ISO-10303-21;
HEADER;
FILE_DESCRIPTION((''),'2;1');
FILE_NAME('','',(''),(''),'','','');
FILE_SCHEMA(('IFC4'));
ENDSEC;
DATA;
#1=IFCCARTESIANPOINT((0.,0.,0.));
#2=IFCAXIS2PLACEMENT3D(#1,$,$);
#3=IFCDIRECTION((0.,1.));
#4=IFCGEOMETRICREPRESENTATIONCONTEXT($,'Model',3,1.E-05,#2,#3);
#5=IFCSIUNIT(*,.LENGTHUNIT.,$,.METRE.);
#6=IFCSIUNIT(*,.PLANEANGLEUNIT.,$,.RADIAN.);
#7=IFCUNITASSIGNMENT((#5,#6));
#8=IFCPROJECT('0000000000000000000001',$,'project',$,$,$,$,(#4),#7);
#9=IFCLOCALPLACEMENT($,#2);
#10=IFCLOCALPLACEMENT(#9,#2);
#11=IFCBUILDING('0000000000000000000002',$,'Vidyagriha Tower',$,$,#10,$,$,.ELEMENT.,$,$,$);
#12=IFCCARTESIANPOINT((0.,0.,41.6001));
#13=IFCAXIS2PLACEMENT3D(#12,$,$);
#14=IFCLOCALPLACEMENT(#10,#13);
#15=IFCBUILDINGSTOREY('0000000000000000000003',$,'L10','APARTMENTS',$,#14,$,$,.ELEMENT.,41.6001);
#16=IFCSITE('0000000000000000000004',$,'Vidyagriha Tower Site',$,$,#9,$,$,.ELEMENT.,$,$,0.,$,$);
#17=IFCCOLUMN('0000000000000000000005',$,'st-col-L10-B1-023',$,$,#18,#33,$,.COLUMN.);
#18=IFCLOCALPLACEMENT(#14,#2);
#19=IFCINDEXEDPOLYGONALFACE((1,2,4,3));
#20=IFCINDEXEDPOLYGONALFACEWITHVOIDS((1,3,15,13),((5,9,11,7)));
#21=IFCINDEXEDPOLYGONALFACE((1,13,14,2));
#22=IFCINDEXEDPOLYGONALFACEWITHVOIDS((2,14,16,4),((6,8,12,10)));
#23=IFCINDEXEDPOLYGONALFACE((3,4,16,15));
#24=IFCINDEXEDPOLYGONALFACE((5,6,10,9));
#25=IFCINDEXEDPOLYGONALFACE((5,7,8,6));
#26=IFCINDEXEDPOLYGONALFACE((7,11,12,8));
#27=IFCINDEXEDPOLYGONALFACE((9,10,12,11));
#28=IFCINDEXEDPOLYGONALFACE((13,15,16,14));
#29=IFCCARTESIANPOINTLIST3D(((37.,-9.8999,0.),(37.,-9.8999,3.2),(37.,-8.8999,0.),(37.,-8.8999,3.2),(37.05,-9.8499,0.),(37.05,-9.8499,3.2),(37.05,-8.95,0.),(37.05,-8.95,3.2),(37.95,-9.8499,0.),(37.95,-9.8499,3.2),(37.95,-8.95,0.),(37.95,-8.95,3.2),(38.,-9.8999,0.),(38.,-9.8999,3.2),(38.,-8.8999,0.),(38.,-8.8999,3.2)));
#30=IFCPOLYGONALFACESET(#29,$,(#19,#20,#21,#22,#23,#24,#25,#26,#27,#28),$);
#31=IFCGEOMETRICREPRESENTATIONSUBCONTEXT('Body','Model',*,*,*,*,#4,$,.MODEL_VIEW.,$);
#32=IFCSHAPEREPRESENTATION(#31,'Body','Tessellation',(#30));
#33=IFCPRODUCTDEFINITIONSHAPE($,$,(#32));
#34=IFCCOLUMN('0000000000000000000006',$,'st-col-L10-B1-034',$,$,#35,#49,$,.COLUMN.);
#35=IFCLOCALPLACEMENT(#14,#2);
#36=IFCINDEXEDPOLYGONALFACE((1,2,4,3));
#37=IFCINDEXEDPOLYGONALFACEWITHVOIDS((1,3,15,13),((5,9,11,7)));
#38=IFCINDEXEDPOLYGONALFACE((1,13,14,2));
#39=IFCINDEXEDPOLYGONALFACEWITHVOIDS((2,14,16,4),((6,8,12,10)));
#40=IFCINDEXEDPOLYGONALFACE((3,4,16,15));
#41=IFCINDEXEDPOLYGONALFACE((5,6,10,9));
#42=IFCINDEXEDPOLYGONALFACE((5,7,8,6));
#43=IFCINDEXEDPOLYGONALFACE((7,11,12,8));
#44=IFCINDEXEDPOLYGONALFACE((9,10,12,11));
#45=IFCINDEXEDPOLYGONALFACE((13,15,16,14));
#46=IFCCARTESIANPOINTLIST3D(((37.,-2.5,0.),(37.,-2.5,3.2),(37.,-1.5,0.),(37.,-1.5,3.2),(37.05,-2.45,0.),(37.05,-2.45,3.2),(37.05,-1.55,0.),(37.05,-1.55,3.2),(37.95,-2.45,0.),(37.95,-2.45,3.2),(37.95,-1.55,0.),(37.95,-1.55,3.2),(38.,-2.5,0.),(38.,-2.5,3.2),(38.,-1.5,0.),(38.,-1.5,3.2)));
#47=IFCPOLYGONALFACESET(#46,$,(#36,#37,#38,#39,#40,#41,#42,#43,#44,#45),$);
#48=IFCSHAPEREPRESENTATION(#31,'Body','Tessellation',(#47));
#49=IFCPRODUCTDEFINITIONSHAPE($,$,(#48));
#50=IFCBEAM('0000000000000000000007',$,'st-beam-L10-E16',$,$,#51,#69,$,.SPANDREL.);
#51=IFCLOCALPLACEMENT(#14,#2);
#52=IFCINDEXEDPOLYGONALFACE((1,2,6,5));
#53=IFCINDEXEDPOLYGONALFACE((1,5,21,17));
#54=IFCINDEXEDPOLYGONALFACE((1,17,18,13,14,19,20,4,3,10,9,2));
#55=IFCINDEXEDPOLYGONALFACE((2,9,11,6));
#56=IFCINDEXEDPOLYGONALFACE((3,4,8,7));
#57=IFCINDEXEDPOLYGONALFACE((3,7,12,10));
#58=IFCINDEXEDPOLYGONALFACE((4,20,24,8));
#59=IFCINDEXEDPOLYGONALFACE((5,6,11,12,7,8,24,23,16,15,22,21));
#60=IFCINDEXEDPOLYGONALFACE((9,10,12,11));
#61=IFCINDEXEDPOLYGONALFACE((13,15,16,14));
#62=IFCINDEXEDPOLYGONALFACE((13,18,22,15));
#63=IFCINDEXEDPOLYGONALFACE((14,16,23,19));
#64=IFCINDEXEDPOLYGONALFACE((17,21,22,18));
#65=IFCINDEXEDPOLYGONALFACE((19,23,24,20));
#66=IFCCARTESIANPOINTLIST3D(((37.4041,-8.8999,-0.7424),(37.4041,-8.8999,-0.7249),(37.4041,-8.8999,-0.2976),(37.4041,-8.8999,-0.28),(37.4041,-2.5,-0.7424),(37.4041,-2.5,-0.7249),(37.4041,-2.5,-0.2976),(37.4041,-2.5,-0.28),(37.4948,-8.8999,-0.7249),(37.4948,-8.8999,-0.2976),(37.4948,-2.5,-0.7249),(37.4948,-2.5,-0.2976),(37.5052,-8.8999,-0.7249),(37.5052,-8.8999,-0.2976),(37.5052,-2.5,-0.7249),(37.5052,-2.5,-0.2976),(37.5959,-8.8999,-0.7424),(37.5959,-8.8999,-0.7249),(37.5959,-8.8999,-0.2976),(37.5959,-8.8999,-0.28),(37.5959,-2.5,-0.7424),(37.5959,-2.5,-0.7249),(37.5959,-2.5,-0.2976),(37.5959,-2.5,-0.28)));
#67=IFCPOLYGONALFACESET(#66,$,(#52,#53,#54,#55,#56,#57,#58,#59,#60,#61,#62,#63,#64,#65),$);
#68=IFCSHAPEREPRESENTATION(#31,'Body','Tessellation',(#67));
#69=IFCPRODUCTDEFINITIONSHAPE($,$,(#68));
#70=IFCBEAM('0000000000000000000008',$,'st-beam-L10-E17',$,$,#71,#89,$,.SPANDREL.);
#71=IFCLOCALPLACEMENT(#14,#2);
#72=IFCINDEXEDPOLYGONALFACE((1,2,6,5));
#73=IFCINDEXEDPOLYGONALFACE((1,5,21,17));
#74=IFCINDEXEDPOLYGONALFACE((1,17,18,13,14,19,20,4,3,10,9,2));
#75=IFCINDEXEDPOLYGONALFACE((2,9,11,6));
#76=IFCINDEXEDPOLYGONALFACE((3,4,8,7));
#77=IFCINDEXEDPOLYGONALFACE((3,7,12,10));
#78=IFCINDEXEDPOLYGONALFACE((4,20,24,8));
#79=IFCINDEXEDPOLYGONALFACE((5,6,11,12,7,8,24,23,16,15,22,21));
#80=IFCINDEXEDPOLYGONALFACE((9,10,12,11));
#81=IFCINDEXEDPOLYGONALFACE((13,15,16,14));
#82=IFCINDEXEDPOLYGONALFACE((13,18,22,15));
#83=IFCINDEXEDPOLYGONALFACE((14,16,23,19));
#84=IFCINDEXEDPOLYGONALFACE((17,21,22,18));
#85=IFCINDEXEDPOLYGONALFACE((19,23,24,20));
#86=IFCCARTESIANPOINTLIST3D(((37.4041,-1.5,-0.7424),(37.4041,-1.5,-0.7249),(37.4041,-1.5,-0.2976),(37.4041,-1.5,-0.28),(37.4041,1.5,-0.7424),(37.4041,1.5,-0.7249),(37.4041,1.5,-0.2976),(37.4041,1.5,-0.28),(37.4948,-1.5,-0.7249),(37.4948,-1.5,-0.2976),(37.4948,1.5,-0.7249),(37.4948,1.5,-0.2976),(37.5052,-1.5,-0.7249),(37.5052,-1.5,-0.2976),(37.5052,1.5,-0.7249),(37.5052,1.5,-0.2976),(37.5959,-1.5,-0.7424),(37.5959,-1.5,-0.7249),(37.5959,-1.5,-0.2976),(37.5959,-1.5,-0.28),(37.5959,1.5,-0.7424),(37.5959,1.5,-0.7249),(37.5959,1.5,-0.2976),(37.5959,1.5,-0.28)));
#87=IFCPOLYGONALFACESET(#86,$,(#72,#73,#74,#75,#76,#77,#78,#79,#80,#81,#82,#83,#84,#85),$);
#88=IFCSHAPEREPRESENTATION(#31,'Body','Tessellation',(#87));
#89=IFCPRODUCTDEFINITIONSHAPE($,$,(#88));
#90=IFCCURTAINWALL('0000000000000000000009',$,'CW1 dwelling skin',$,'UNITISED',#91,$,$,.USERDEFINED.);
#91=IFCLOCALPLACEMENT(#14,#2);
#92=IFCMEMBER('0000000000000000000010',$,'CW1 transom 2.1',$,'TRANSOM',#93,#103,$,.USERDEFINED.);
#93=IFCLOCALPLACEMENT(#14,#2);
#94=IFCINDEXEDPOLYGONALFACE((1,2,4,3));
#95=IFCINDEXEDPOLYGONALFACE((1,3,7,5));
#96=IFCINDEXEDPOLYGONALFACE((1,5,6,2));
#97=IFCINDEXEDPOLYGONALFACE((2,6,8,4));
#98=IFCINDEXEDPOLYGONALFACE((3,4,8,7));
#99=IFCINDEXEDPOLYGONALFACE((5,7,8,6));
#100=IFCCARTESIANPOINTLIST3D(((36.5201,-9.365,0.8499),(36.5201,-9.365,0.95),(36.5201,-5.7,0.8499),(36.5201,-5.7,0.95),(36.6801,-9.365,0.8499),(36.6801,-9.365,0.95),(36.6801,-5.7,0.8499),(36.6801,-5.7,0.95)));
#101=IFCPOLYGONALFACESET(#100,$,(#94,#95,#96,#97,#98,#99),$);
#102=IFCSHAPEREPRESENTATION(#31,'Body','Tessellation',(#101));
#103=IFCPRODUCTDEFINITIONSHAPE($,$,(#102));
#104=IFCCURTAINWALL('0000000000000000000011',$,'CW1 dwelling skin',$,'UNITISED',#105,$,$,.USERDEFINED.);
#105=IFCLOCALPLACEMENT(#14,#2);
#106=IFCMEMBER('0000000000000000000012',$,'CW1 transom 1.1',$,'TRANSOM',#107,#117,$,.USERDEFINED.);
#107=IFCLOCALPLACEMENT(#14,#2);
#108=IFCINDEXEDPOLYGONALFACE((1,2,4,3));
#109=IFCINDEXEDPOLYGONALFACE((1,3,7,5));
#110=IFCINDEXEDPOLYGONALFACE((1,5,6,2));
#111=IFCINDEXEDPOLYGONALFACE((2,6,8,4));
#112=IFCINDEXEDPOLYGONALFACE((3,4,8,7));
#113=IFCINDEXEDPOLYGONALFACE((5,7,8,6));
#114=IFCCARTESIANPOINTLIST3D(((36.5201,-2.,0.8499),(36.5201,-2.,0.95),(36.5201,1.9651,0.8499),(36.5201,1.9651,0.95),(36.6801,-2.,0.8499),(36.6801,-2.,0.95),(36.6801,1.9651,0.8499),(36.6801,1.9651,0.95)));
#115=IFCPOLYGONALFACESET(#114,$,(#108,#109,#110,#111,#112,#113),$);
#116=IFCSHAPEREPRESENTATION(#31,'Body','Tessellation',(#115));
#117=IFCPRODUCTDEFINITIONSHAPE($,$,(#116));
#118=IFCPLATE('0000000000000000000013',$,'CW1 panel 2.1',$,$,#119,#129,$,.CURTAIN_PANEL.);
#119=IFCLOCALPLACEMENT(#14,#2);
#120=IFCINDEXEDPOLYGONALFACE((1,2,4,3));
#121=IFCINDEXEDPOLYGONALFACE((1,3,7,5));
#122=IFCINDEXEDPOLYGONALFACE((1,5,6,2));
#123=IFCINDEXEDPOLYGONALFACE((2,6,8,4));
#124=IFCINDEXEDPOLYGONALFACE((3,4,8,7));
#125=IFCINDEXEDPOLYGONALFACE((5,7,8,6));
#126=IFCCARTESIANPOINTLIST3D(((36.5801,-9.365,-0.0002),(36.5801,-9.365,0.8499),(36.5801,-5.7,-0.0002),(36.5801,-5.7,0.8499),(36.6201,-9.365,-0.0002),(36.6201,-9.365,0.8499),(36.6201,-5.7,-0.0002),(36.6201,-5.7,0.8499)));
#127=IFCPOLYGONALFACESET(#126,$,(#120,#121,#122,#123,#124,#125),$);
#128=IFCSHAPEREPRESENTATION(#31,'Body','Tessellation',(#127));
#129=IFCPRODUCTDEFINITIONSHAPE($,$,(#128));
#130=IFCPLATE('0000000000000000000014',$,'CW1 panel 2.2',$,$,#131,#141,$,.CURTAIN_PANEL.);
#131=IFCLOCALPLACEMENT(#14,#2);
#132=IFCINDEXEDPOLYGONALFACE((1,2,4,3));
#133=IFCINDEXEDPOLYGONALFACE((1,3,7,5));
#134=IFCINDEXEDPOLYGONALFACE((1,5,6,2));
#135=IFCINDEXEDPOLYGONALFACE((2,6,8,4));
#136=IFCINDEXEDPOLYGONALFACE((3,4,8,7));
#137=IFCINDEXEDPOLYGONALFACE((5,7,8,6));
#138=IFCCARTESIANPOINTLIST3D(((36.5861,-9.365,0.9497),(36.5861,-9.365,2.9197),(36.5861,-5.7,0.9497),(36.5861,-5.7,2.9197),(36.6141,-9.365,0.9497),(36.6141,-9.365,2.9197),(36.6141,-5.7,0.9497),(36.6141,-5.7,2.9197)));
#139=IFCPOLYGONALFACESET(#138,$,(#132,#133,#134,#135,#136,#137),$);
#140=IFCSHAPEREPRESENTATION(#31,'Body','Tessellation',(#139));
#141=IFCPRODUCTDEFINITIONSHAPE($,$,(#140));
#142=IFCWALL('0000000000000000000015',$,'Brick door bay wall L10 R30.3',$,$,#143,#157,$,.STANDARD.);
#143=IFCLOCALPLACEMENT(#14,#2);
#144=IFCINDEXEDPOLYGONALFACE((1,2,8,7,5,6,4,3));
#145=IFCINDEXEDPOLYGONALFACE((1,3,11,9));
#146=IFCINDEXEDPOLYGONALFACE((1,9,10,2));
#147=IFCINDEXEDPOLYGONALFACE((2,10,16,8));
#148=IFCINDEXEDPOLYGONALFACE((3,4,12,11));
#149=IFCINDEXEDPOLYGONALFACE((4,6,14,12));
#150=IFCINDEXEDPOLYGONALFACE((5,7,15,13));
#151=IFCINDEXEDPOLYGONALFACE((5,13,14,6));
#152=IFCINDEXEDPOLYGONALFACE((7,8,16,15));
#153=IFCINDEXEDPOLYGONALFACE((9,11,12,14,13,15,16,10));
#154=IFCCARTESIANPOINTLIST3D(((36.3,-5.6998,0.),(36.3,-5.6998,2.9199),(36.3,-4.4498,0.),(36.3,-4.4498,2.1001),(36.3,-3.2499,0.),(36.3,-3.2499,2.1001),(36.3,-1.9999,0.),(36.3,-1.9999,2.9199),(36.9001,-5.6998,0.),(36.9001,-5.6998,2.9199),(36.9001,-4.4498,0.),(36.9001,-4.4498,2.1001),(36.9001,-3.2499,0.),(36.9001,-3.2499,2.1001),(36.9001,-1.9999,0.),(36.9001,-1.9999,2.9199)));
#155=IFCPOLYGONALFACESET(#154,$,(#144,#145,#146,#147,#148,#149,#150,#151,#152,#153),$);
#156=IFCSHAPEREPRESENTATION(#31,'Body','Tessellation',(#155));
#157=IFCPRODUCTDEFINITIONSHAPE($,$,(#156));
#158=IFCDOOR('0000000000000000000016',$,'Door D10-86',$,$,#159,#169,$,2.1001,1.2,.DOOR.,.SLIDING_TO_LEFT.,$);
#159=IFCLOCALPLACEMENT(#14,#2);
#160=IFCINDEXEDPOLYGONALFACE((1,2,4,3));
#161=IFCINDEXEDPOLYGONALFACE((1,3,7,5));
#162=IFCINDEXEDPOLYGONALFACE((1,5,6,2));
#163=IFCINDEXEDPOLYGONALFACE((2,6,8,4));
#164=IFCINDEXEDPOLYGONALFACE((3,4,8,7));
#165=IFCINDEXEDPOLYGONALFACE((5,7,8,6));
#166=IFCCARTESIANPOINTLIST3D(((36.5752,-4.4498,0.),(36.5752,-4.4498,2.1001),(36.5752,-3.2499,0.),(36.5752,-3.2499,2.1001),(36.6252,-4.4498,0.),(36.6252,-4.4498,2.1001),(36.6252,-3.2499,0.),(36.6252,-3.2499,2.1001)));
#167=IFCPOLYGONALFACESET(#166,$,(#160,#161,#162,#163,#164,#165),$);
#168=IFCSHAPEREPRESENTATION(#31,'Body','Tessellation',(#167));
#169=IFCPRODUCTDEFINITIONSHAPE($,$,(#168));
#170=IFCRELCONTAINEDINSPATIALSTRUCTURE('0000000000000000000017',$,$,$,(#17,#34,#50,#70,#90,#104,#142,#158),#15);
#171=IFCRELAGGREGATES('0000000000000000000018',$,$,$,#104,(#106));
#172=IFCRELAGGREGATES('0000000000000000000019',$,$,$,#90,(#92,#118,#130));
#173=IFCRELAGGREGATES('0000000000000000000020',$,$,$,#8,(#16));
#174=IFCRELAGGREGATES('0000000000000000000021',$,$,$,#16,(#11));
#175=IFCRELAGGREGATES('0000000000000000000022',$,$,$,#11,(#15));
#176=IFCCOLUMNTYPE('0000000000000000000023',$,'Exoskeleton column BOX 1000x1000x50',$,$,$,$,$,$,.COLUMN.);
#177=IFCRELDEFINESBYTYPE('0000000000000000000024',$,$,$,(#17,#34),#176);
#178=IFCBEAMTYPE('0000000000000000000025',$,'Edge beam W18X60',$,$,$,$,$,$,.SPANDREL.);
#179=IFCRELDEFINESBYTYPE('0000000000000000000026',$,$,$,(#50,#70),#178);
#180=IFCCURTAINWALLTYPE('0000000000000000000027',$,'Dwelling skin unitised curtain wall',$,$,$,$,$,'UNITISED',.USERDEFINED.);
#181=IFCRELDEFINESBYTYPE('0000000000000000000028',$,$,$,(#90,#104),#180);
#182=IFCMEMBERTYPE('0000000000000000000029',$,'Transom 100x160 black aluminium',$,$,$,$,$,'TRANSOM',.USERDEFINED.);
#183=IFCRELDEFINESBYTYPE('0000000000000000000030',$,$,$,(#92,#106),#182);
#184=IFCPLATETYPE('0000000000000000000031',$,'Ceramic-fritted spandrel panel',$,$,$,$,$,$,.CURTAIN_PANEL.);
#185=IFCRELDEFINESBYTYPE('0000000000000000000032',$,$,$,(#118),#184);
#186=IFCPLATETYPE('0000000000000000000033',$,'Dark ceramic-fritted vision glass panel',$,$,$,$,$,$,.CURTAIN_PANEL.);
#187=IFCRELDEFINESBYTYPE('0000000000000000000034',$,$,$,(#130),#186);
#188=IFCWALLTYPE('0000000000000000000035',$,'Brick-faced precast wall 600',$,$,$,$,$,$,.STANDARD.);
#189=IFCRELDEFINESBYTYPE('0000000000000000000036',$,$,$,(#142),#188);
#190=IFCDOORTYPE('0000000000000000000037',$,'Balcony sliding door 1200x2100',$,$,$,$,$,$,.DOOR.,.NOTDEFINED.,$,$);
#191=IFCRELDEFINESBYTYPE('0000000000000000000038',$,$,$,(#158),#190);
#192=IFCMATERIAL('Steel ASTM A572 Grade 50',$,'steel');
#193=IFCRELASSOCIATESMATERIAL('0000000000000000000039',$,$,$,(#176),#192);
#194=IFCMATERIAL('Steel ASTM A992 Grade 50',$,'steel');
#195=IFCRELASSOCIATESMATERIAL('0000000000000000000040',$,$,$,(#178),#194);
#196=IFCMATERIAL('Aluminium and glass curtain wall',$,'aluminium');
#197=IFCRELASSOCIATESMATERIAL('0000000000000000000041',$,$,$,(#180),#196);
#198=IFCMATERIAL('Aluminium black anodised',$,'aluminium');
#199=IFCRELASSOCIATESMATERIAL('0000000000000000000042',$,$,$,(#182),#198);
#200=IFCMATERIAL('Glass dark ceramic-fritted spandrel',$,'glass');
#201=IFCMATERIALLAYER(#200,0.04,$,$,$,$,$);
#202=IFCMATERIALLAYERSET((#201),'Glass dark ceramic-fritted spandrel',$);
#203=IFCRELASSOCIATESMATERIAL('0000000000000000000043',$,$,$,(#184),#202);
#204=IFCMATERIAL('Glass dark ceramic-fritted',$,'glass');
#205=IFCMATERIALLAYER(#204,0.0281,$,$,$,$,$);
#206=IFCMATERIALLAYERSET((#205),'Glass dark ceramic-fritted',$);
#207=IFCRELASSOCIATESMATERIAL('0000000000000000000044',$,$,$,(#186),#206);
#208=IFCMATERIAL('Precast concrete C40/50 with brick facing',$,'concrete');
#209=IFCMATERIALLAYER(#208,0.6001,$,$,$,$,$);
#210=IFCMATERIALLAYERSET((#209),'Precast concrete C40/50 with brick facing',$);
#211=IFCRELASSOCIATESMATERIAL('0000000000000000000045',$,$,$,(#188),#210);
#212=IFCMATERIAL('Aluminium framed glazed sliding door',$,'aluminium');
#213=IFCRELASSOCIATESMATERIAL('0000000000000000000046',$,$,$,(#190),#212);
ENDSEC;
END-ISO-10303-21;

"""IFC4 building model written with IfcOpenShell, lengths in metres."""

from ifc_helpers import new_model, si_unit, direction, frame, frame_2d, origin, origin_2d, place, context, subcontext, project, spatial, rectangle, hollow_rectangle, i_section, extrude, material, layer, layer_set, material_profile, profile_set, type_object, element, fill, aggregate, save


model = new_model("IFC4")

# Units and contexts
model_context = context("Model", 3, precision=1e-05, world=origin(), true_north=direction((0.0, 1.0)))
body_context = subcontext(model_context, "Body", "Model", "MODEL_VIEW")
ifc_project = project(units=[si_unit("LENGTHUNIT", "METRE"), si_unit("PLANEANGLEUNIT", "RADIAN")], contexts=[model_context])

# Site, building, storey
site_placement = place(None, origin())
site = spatial("IfcSite", under=ifc_project, at=site_placement, Name="Vidyagriha Tower Site", CompositionType="ELEMENT", RefElevation=0.0)
building_placement = place(site_placement, origin())
building = spatial("IfcBuilding", under=site, at=building_placement, Name="Vidyagriha Tower", CompositionType="ELEMENT")
storey_placement = place(building_placement, frame((0.0, 0.0, 41.6001)))
storey = spatial("IfcBuildingStorey", under=building, at=storey_placement, Name="L10", Description="APARTMENTS", CompositionType="ELEMENT", Elevation=41.6001)

# Columns
ifc_material_1 = material(Name="Steel ASTM A572 Grade 50", Category="steel")
ifc_material_profile_1 = material_profile(ifc_material_1, hollow_rectangle(XDim=1.0, YDim=1.0, WallThickness=0.05, at=origin_2d()), Name="BOX 1000x1000x50")
ifc_profile_set_1 = profile_set([ifc_material_profile_1], Name="Steel ASTM A572 Grade 50")
column_type = type_object("IfcColumnType", Name="Exoskeleton column BOX 1000x1000x50", PredefinedType="COLUMN", material=ifc_profile_set_1)
for number, where, name in (
    (1, (37.5, -9.3999, 0.0), "st-col-L10-B1-023"),
    (2, (37.5, -2.0, 0.0), "st-col-L10-B1-034"),
):
    element("IfcColumn", number, at=place(storey_placement, frame(where)), inside=storey, type_object=column_type, Name=name, PredefinedType="COLUMN", context=body_context, shape_type="SweptSolid", body=[
        extrude(hollow_rectangle(XDim=1.0, YDim=1.0, WallThickness=0.05, at=origin_2d()), origin(), (0.0, 0.0, 1.0), 3.2),
    ])

# Beams
ifc_material_2 = material(Name="Steel ASTM A992 Grade 50", Category="steel")
ifc_material_profile_2 = material_profile(ifc_material_2, i_section(OverallWidth=0.1919, OverallDepth=0.4624, WebThickness=0.0105, FlangeThickness=0.0176, at=origin_2d()), Name="W18X60")
ifc_profile_set_2 = profile_set([ifc_material_profile_2], Name="Steel ASTM A992 Grade 50")
beam_type = type_object("IfcBeamType", Name="Edge beam W18X60", PredefinedType="SPANDREL", material=ifc_profile_set_2)
beam_1_placement = place(storey_placement, frame((37.5, -8.8999, -0.5112), z_axis=(0.0, 1.0, 0.0), x_axis=(-1.0, 0.0, 0.0)))
element("IfcBeam", 3, at=beam_1_placement, inside=storey, type_object=beam_type, Name="st-beam-L10-E16", PredefinedType="SPANDREL", context=body_context, shape_type="SweptSolid", body=[
    extrude(i_section(OverallWidth=0.1919, OverallDepth=0.4624, WebThickness=0.0105, FlangeThickness=0.0176, at=origin_2d()), origin(), (0.0, 0.0, 1.0), 6.3999),
])
beam_2_placement = place(storey_placement, frame((37.5, -1.5, -0.5112), z_axis=(0.0, 1.0, 0.0), x_axis=(-1.0, 0.0, 0.0)))
element("IfcBeam", 4, at=beam_2_placement, inside=storey, type_object=beam_type, Name="st-beam-L10-E17", PredefinedType="SPANDREL", context=body_context, shape_type="SweptSolid", body=[
    extrude(i_section(OverallWidth=0.1919, OverallDepth=0.4624, WebThickness=0.0105, FlangeThickness=0.0176, at=origin_2d()), origin(), (0.0, 0.0, 1.0), 3.0),
])

# Curtain walls, members
ifc_material_3 = material(Name="Aluminium and glass curtain wall", Category="aluminium")
curtain_wall_type = type_object("IfcCurtainWallType", Name="Dwelling skin unitised curtain wall", ElementType="UNITISED", PredefinedType="USERDEFINED", material=ifc_material_3)
curtain_wall_1_placement = place(storey_placement, origin())
curtain_wall_1 = element("IfcCurtainWall", 5, at=curtain_wall_1_placement, inside=storey, type_object=curtain_wall_type, Name="CW1 dwelling skin", ObjectType="UNITISED", PredefinedType="USERDEFINED")
ifc_material_4 = material(Name="Aluminium black anodised", Category="aluminium")
ifc_material_profile_3 = material_profile(ifc_material_4, rectangle(XDim=0.1599, YDim=0.1001, at=origin_2d()), Name="Transom 100x160 black aluminium")
ifc_profile_set_3 = profile_set([ifc_material_profile_3], Name="Aluminium black anodised")
member_type = type_object("IfcMemberType", Name="Transom 100x160 black aluminium", ElementType="TRANSOM", PredefinedType="USERDEFINED", material=ifc_profile_set_3)
member_1_placement = place(storey_placement, frame((36.6001, -9.365, 0.8999), z_axis=(0.0, 1.0, 0.0), x_axis=(-1.0, 0.0, 0.0)))
member_1 = element("IfcMember", 6, at=member_1_placement, type_object=member_type, Name="CW1 transom 2.1", ObjectType="TRANSOM", PredefinedType="USERDEFINED", context=body_context, shape_type="SweptSolid", body=[
    extrude(rectangle(XDim=0.1599, YDim=0.1001, at=origin_2d()), origin(), (0.0, 0.0, 1.0), 3.665),
])
curtain_wall_2_placement = place(storey_placement, origin())
curtain_wall_2 = element("IfcCurtainWall", 7, at=curtain_wall_2_placement, inside=storey, type_object=curtain_wall_type, Name="CW1 dwelling skin", ObjectType="UNITISED", PredefinedType="USERDEFINED")
member_2_placement = place(storey_placement, frame((36.6001, -2.0, 0.8999), z_axis=(0.0, 1.0, 0.0), x_axis=(-1.0, 0.0, 0.0)))
member_2 = element("IfcMember", 8, at=member_2_placement, type_object=member_type, Name="CW1 transom 1.1", ObjectType="TRANSOM", PredefinedType="USERDEFINED", context=body_context, shape_type="SweptSolid", body=[
    extrude(rectangle(XDim=0.1599, YDim=0.1001, at=origin_2d()), origin(), (0.0, 0.0, 1.0), 3.9651),
])
aggregate(curtain_wall_2, [member_2])

# Plates
ifc_material_5 = material(Name="Glass dark ceramic-fritted spandrel", Category="glass")
ifc_layer_1 = layer(ifc_material_5, 0.04)
ifc_layer_set_1 = layer_set([ifc_layer_1], Name="Glass dark ceramic-fritted spandrel")
plate_type_1 = type_object("IfcPlateType", Name="Ceramic-fritted spandrel panel", PredefinedType="CURTAIN_PANEL", material=ifc_layer_set_1)
plate_1_placement = place(storey_placement, frame((36.6001, -7.5325, -0.0002), z_axis=(0.0, 0.0, 1.0), x_axis=(0.0, 1.0, 0.0)))
plate_1 = element("IfcPlate", 9, at=plate_1_placement, type_object=plate_type_1, Name="CW1 panel 2.1", PredefinedType="CURTAIN_PANEL", context=body_context, shape_type="SweptSolid", body=[
    extrude(rectangle(XDim=3.665, YDim=0.04, at=origin_2d()), origin(), (0.0, 0.0, 1.0), 0.8501),
])
ifc_material_6 = material(Name="Glass dark ceramic-fritted", Category="glass")
ifc_layer_2 = layer(ifc_material_6, 0.0281)
ifc_layer_set_2 = layer_set([ifc_layer_2], Name="Glass dark ceramic-fritted")
plate_type_2 = type_object("IfcPlateType", Name="Dark ceramic-fritted vision glass panel", PredefinedType="CURTAIN_PANEL", material=ifc_layer_set_2)
plate_2_placement = place(storey_placement, frame((36.6001, -7.5325, 0.9497), z_axis=(0.0, 0.0, 1.0), x_axis=(0.0, 1.0, 0.0)))
plate_2 = element("IfcPlate", 10, at=plate_2_placement, type_object=plate_type_2, Name="CW1 panel 2.2", PredefinedType="CURTAIN_PANEL", context=body_context, shape_type="SweptSolid", body=[
    extrude(rectangle(XDim=3.665, YDim=0.0281, at=origin_2d()), origin(), (0.0, 0.0, 1.0), 1.97),
])
aggregate(curtain_wall_1, [member_1, plate_1, plate_2])

# Wall, opening, door
ifc_material_7 = material(Name="Precast concrete C40/50 with brick facing", Category="concrete")
ifc_layer_3 = layer(ifc_material_7, 0.6001)
ifc_layer_set_3 = layer_set([ifc_layer_3], Name="Precast concrete C40/50 with brick facing")
wall_type = type_object("IfcWallType", Name="Brick-faced precast wall 600", PredefinedType="STANDARD", material=ifc_layer_set_3)
wall_placement = place(storey_placement, frame((36.6001, -5.7, 0.0), z_axis=(0.0, 0.0, 1.0), x_axis=(0.0, 1.0, 0.0)))
wall = element("IfcWall", 11, at=wall_placement, inside=storey, type_object=wall_type, Name="Brick door bay wall L10 R30.3", PredefinedType="STANDARD", context=body_context, shape_type="SweptSolid", body=[
    extrude(rectangle(XDim=3.7, YDim=0.6001, at=frame_2d((1.8501, 0.0))), origin(), (0.0, 0.0, 1.0), 2.9199),
])
opening_placement = place(wall_placement, frame((1.25, 0.0, 0.0)))
opening = element("IfcOpeningElement", 12, at=opening_placement, cuts=wall, PredefinedType="OPENING", context=body_context, shape_type="SweptSolid", body=[
    extrude(rectangle(XDim=1.2, YDim=2.1001, at=frame_2d((0.6001, 1.05))), frame((0.0, 0.3101, 0.0), z_axis=(0.0, -1.0, 0.0), x_axis=(1.0, 0.0, 0.0)), (0.0, 0.0, 1.0), 0.6201),
])
ifc_material_8 = material(Name="Aluminium framed glazed sliding door", Category="aluminium")
door_type = type_object("IfcDoorType", Name="Balcony sliding door 1200x2100", OperationType="NOTDEFINED", PredefinedType="DOOR", material=ifc_material_8)
door_placement = place(opening_placement, origin())
door = element("IfcDoor", 13, at=door_placement, inside=storey, type_object=door_type, Name="Door D10-86", OperationType="SLIDING_TO_LEFT", OverallHeight=2.1001, OverallWidth=1.2, PredefinedType="DOOR", context=body_context, shape_type="SweptSolid", body=[
    extrude(rectangle(XDim=1.2, YDim=2.1001, at=frame_2d((0.6001, 1.05))), frame((0.0, 0.0249, 0.0), z_axis=(0.0, -1.0, 0.0), x_axis=(1.0, 0.0, 0.0)), (0.0, 0.0, 1.0), 0.05),
])
fill(opening, door)

save(model, "model.ifc")
